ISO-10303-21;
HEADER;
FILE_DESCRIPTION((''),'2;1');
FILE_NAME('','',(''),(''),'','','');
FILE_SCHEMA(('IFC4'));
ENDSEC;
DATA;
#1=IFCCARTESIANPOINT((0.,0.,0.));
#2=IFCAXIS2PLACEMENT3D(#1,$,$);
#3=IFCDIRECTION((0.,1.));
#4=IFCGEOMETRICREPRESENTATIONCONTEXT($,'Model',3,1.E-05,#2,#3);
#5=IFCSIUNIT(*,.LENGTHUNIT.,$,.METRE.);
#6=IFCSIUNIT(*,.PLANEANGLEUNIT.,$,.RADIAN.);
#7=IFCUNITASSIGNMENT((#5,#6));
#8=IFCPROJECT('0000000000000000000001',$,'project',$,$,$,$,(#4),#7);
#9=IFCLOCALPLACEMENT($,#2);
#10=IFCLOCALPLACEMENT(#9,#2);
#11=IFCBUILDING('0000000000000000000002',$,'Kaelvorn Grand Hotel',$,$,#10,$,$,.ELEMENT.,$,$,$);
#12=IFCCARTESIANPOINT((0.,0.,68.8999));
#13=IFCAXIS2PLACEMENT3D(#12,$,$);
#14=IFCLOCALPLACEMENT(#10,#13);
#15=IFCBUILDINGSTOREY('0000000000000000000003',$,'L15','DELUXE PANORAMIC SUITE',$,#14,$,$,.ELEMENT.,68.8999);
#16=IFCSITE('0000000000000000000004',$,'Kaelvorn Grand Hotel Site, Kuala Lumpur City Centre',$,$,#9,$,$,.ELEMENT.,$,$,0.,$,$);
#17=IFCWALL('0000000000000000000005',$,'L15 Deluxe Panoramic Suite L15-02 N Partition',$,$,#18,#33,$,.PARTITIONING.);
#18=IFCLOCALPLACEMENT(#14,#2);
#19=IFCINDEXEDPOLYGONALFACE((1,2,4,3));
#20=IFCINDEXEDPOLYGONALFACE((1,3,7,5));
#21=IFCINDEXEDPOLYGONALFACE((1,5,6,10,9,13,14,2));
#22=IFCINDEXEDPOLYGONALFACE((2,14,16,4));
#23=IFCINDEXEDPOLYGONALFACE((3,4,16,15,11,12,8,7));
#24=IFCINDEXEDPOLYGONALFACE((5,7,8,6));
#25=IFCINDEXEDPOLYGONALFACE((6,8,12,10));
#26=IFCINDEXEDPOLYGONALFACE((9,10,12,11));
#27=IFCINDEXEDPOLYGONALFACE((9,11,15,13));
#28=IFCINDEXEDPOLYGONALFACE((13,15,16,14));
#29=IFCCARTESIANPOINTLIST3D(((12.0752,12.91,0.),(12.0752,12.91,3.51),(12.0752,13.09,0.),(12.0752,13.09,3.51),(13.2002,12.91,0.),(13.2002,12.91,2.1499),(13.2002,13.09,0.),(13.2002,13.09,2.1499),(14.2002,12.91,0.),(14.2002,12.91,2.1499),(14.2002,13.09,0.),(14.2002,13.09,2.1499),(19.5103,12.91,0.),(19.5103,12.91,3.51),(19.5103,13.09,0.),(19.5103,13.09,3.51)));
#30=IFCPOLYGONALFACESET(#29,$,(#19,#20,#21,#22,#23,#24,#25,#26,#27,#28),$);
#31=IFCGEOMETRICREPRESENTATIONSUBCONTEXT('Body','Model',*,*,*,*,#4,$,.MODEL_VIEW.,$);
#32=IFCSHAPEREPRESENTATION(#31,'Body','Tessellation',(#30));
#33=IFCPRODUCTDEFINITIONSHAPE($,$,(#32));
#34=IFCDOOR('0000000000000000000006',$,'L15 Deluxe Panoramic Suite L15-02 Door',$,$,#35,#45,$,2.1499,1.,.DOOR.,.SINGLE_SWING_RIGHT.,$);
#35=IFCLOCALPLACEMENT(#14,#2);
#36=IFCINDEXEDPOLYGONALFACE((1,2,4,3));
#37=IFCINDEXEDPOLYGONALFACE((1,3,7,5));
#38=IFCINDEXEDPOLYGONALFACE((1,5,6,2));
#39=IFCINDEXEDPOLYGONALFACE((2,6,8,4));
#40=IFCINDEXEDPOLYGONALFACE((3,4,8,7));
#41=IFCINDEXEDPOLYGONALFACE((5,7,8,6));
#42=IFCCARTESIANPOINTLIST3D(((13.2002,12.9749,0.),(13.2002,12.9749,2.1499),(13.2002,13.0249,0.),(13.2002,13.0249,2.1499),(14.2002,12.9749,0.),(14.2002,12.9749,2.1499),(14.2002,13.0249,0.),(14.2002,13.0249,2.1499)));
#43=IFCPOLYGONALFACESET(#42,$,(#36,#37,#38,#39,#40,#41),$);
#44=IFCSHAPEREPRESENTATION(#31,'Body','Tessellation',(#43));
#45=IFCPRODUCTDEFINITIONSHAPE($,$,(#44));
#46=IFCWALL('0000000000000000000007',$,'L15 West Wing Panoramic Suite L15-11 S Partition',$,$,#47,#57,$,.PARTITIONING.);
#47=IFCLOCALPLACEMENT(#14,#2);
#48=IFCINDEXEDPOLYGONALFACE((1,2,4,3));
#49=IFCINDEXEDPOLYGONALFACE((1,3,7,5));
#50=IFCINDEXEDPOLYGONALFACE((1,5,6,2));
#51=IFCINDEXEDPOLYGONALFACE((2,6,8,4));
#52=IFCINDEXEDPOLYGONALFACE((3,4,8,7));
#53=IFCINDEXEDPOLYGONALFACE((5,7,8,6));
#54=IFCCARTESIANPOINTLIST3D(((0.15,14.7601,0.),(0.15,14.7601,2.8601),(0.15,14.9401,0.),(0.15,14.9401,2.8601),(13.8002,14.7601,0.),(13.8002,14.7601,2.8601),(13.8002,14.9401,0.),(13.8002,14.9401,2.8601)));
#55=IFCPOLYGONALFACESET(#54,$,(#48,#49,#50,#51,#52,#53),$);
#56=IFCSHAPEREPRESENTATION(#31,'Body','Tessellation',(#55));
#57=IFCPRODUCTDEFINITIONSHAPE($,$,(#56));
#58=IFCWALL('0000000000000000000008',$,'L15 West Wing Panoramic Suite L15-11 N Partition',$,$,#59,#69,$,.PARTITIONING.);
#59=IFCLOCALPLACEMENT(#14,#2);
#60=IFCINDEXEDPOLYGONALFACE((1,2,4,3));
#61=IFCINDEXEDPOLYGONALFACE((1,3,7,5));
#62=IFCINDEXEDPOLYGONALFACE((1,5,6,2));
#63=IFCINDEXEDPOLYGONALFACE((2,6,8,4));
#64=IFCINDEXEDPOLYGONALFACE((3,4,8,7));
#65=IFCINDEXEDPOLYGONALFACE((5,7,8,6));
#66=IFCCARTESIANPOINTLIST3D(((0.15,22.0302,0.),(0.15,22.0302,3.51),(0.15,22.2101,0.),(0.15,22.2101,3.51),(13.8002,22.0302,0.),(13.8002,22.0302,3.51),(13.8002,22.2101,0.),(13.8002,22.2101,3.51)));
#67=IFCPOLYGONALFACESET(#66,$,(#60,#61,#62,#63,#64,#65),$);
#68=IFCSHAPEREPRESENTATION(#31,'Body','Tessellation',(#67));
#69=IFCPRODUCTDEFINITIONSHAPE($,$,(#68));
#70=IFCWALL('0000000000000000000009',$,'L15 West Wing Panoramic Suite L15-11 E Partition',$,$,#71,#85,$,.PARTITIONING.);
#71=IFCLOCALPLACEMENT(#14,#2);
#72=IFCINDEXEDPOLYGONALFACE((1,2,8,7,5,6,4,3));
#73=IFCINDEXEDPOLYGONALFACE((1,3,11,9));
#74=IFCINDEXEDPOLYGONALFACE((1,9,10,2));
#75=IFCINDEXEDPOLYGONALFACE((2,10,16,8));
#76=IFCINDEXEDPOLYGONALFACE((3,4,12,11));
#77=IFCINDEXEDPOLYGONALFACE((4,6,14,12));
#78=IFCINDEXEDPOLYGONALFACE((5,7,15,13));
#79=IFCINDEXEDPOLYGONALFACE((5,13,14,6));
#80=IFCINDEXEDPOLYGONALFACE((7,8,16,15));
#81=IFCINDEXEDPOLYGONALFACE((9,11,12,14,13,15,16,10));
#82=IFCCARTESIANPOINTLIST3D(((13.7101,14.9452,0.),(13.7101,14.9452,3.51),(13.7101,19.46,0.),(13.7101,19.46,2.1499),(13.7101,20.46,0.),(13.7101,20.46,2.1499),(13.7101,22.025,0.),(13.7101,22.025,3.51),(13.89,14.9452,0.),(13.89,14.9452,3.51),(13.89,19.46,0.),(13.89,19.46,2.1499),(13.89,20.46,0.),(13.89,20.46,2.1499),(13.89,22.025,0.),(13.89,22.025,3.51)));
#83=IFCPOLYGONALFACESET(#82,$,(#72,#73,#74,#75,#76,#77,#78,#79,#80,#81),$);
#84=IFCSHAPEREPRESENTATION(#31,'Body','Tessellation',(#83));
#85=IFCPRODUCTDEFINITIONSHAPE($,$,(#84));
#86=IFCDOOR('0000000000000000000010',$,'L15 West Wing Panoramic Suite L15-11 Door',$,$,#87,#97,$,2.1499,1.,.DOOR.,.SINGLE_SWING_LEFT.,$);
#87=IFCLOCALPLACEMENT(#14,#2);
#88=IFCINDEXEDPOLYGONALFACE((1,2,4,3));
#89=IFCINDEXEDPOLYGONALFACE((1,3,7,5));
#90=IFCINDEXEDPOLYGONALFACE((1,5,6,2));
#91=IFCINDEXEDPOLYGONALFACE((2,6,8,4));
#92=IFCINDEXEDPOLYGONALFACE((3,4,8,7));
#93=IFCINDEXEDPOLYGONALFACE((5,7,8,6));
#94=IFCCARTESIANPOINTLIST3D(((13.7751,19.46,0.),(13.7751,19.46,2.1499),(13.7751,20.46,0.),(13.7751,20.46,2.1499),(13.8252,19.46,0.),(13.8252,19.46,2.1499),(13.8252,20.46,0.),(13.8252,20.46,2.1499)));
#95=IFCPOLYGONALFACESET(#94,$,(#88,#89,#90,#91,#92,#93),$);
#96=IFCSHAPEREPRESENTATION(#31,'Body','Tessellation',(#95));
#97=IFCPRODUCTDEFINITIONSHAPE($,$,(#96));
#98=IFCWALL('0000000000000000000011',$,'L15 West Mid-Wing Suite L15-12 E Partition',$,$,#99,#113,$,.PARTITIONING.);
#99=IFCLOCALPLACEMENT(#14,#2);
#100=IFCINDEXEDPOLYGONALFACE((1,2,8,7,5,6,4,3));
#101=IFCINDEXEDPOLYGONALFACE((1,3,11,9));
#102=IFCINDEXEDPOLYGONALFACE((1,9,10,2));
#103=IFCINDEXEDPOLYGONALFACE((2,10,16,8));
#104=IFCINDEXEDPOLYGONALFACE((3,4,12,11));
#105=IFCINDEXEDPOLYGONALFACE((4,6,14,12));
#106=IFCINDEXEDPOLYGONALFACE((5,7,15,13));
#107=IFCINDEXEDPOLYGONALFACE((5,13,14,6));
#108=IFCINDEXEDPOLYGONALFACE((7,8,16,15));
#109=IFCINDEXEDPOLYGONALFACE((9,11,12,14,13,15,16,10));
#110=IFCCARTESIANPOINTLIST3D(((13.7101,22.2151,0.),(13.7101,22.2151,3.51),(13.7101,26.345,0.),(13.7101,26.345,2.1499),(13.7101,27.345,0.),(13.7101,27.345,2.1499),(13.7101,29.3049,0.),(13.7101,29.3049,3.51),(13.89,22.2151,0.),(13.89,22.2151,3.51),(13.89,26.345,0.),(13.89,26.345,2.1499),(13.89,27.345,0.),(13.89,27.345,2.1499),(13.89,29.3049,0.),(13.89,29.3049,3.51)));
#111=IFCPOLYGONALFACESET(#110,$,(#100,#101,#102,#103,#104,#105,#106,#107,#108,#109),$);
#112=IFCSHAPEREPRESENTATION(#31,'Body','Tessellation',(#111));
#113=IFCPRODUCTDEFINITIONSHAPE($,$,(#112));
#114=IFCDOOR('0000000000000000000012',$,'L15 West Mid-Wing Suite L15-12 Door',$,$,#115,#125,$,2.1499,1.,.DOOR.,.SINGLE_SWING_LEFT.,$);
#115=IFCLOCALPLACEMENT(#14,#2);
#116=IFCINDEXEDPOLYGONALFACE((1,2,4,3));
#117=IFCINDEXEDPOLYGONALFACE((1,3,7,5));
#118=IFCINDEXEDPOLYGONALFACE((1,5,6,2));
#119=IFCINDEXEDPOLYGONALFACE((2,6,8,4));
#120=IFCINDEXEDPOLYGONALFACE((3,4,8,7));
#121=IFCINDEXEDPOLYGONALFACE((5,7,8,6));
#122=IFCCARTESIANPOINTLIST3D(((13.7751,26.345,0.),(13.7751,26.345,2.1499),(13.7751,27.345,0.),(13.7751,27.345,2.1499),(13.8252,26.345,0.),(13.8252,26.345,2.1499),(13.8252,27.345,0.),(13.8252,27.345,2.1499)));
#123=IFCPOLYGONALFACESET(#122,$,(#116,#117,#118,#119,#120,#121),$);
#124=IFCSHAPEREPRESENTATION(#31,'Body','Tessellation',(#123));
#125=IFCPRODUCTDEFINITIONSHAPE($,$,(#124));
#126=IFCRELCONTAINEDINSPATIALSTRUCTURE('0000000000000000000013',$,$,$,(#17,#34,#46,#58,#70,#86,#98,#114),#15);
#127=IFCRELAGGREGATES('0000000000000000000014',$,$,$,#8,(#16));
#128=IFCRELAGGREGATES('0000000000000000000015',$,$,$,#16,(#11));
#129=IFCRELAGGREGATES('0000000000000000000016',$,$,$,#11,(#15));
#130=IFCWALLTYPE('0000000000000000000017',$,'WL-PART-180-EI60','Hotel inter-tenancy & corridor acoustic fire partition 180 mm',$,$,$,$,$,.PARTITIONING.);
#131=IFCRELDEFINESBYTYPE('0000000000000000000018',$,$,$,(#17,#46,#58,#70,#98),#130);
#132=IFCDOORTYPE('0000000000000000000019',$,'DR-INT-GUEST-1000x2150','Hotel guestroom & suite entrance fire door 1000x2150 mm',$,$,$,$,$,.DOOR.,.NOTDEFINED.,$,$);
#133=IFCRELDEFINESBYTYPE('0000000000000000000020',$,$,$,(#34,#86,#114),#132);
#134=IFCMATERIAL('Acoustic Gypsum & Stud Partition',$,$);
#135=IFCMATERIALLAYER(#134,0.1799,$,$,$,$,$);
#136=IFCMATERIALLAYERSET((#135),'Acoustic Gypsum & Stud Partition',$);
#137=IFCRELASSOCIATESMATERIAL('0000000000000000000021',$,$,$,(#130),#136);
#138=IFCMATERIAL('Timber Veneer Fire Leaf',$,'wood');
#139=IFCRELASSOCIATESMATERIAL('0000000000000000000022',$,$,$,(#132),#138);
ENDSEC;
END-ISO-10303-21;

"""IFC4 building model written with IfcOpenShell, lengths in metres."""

from ifc_helpers import new_model, si_unit, direction, frame, frame_2d, origin, place, context, subcontext, project, spatial, rectangle, extrude, material, layer, layer_set, type_object, element, fill, save


model = new_model("IFC4")

# Units and contexts
model_context = context("Model", 3, precision=1e-05, world=origin(), true_north=direction((0.0, 1.0)))
body_context = subcontext(model_context, "Body", "Model", "MODEL_VIEW")
ifc_project = project(units=[si_unit("LENGTHUNIT", "METRE"), si_unit("PLANEANGLEUNIT", "RADIAN")], contexts=[model_context])

# Site, building, storey
site_placement = place(None, origin())
site = spatial("IfcSite", under=ifc_project, at=site_placement, Name="Kaelvorn Grand Hotel Site, Kuala Lumpur City Centre", CompositionType="ELEMENT", RefElevation=0.0)
building_placement = place(site_placement, origin())
building = spatial("IfcBuilding", under=site, at=building_placement, Name="Kaelvorn Grand Hotel", CompositionType="ELEMENT")
storey_placement = place(building_placement, frame((0.0, 0.0, 68.8999)))
storey = spatial("IfcBuildingStorey", under=building, at=storey_placement, Name="L15", Description="DELUXE PANORAMIC SUITE", CompositionType="ELEMENT", Elevation=68.8999)

# Wall, opening, door
ifc_material_1 = material(Name="Acoustic Gypsum & Stud Partition")
ifc_layer_1 = layer(ifc_material_1, 0.1799)
ifc_layer_set_1 = layer_set([ifc_layer_1], Name="Acoustic Gypsum & Stud Partition")
wall_type_1 = type_object("IfcWallType", Name="WL-PART-180-EI60", Description="Hotel inter-tenancy & corridor acoustic fire partition 180 mm", PredefinedType="PARTITIONING", material=ifc_layer_set_1)
ifc_material_2 = material(Name="Timber Veneer Fire Leaf", Category="wood")
door_type_1 = type_object("IfcDoorType", Name="DR-INT-GUEST-1000x2150", Description="Hotel guestroom & suite entrance fire door 1000x2150 mm", OperationType="NOTDEFINED", PredefinedType="DOOR", material=ifc_material_2)
wall_1_placement = place(storey_placement, frame((12.0752, 13.0, 0.0), z_axis=(0.0, 0.0, 1.0), x_axis=(1.0, 0.0, 0.0)))
wall_1 = element("IfcWall", 1, at=wall_1_placement, inside=storey, type_object=wall_type_1, Name="L15 Deluxe Panoramic Suite L15-02 N Partition", PredefinedType="PARTITIONING", context=body_context, shape_type="SweptSolid", body=[
    extrude(rectangle(XDim=7.4351, YDim=0.1799, at=frame_2d((3.7175, 0.0))), origin(), (0.0, 0.0, 1.0), 3.51),
])
opening_1_placement = place(wall_1_placement, frame((1.125, 0.0, 0.0)))
opening_1 = element("IfcOpeningElement", 2, at=opening_1_placement, cuts=wall_1, PredefinedType="OPENING", context=body_context, shape_type="SweptSolid", body=[
    extrude(rectangle(XDim=1.0, YDim=2.1499, at=frame_2d((0.5, 1.075))), frame((0.0, 0.1001, 0.0), z_axis=(0.0, -1.0, 0.0), x_axis=(1.0, 0.0, 0.0)), (0.0, 0.0, 1.0), 0.2),
])
door_1_placement = place(opening_1_placement, origin())
door_1 = element("IfcDoor", 3, at=door_1_placement, inside=storey, type_object=door_type_1, Name="L15 Deluxe Panoramic Suite L15-02 Door", OperationType="SINGLE_SWING_RIGHT", OverallHeight=2.1499, OverallWidth=1.0, PredefinedType="DOOR", context=body_context, shape_type="SweptSolid", body=[
    extrude(rectangle(XDim=1.0, YDim=2.1499, at=frame_2d((0.5, 1.075))), frame((0.0, 0.0249, 0.0), z_axis=(0.0, -1.0, 0.0), x_axis=(1.0, 0.0, 0.0)), (0.0, 0.0, 1.0), 0.05),
])
fill(opening_1, door_1)

# Walls
wall_2_placement = place(storey_placement, frame((0.1499, 14.8501, 0.0), z_axis=(0.0, 0.0, 1.0), x_axis=(1.0, 0.0, 0.0)))
element("IfcWall", 4, at=wall_2_placement, inside=storey, type_object=wall_type_1, Name="L15 West Wing Panoramic Suite L15-11 S Partition", PredefinedType="PARTITIONING", context=body_context, shape_type="SweptSolid", body=[
    extrude(rectangle(XDim=13.6501, YDim=0.1799, at=frame_2d((6.8252, 0.0))), origin(), (0.0, 0.0, 1.0), 2.8601),
])
wall_3_placement = place(storey_placement, frame((0.1499, 22.1201, 0.0), z_axis=(0.0, 0.0, 1.0), x_axis=(1.0, 0.0, 0.0)))
element("IfcWall", 5, at=wall_3_placement, inside=storey, type_object=wall_type_1, Name="L15 West Wing Panoramic Suite L15-11 N Partition", PredefinedType="PARTITIONING", context=body_context, shape_type="SweptSolid", body=[
    extrude(rectangle(XDim=13.6501, YDim=0.1799, at=frame_2d((6.8252, 0.0))), origin(), (0.0, 0.0, 1.0), 3.51),
])

# Walls, openings, doors
wall_4_placement = place(storey_placement, frame((13.8, 14.9451, 0.0), z_axis=(0.0, 0.0, 1.0), x_axis=(0.0, 1.0, 0.0)))
wall_4 = element("IfcWall", 6, at=wall_4_placement, inside=storey, type_object=wall_type_1, Name="L15 West Wing Panoramic Suite L15-11 E Partition", PredefinedType="PARTITIONING", context=body_context, shape_type="SweptSolid", body=[
    extrude(rectangle(XDim=7.0798, YDim=0.1799, at=frame_2d((3.54, 0.0))), origin(), (0.0, 0.0, 1.0), 3.51),
])
opening_2_placement = place(wall_4_placement, frame((4.5149, 0.0, 0.0)))
opening_2 = element("IfcOpeningElement", 7, at=opening_2_placement, cuts=wall_4, PredefinedType="OPENING", context=body_context, shape_type="SweptSolid", body=[
    extrude(rectangle(XDim=1.0, YDim=2.1499, at=frame_2d((0.5, 1.075))), frame((0.0, 0.1001, 0.0), z_axis=(0.0, -1.0, 0.0), x_axis=(1.0, 0.0, 0.0)), (0.0, 0.0, 1.0), 0.2),
])
door_2_placement = place(opening_2_placement, origin())
door_2 = element("IfcDoor", 8, at=door_2_placement, inside=storey, type_object=door_type_1, Name="L15 West Wing Panoramic Suite L15-11 Door", OperationType="SINGLE_SWING_LEFT", OverallHeight=2.1499, OverallWidth=1.0, PredefinedType="DOOR", context=body_context, shape_type="SweptSolid", body=[
    extrude(rectangle(XDim=1.0, YDim=2.1499, at=frame_2d((0.5, 1.075))), frame((0.0, 0.0249, 0.0), z_axis=(0.0, -1.0, 0.0), x_axis=(1.0, 0.0, 0.0)), (0.0, 0.0, 1.0), 0.05),
])
fill(opening_2, door_2)
wall_5_placement = place(storey_placement, frame((13.8, 22.2151, 0.0), z_axis=(0.0, 0.0, 1.0), x_axis=(0.0, 1.0, 0.0)))
wall_5 = element("IfcWall", 9, at=wall_5_placement, inside=storey, type_object=wall_type_1, Name="L15 West Mid-Wing Suite L15-12 E Partition", PredefinedType="PARTITIONING", context=body_context, shape_type="SweptSolid", body=[
    extrude(rectangle(XDim=7.0898, YDim=0.1799, at=frame_2d((3.5449, 0.0))), origin(), (0.0, 0.0, 1.0), 3.51),
])
opening_3_placement = place(wall_5_placement, frame((4.1299, 0.0, 0.0)))
opening_3 = element("IfcOpeningElement", 10, at=opening_3_placement, cuts=wall_5, PredefinedType="OPENING", context=body_context, shape_type="SweptSolid", body=[
    extrude(rectangle(XDim=1.0, YDim=2.1499, at=frame_2d((0.5, 1.075))), frame((0.0, 0.1001, 0.0), z_axis=(0.0, -1.0, 0.0), x_axis=(1.0, 0.0, 0.0)), (0.0, 0.0, 1.0), 0.2),
])
door_3_placement = place(opening_3_placement, origin())
door_3 = element("IfcDoor", 11, at=door_3_placement, inside=storey, type_object=door_type_1, Name="L15 West Mid-Wing Suite L15-12 Door", OperationType="SINGLE_SWING_LEFT", OverallHeight=2.1499, OverallWidth=1.0, PredefinedType="DOOR", context=body_context, shape_type="SweptSolid", body=[
    extrude(rectangle(XDim=1.0, YDim=2.1499, at=frame_2d((0.5, 1.075))), frame((0.0, 0.0249, 0.0), z_axis=(0.0, -1.0, 0.0), x_axis=(1.0, 0.0, 0.0)), (0.0, 0.0, 1.0), 0.05),
])
fill(opening_3, door_3)

save(model, "model.ifc")
